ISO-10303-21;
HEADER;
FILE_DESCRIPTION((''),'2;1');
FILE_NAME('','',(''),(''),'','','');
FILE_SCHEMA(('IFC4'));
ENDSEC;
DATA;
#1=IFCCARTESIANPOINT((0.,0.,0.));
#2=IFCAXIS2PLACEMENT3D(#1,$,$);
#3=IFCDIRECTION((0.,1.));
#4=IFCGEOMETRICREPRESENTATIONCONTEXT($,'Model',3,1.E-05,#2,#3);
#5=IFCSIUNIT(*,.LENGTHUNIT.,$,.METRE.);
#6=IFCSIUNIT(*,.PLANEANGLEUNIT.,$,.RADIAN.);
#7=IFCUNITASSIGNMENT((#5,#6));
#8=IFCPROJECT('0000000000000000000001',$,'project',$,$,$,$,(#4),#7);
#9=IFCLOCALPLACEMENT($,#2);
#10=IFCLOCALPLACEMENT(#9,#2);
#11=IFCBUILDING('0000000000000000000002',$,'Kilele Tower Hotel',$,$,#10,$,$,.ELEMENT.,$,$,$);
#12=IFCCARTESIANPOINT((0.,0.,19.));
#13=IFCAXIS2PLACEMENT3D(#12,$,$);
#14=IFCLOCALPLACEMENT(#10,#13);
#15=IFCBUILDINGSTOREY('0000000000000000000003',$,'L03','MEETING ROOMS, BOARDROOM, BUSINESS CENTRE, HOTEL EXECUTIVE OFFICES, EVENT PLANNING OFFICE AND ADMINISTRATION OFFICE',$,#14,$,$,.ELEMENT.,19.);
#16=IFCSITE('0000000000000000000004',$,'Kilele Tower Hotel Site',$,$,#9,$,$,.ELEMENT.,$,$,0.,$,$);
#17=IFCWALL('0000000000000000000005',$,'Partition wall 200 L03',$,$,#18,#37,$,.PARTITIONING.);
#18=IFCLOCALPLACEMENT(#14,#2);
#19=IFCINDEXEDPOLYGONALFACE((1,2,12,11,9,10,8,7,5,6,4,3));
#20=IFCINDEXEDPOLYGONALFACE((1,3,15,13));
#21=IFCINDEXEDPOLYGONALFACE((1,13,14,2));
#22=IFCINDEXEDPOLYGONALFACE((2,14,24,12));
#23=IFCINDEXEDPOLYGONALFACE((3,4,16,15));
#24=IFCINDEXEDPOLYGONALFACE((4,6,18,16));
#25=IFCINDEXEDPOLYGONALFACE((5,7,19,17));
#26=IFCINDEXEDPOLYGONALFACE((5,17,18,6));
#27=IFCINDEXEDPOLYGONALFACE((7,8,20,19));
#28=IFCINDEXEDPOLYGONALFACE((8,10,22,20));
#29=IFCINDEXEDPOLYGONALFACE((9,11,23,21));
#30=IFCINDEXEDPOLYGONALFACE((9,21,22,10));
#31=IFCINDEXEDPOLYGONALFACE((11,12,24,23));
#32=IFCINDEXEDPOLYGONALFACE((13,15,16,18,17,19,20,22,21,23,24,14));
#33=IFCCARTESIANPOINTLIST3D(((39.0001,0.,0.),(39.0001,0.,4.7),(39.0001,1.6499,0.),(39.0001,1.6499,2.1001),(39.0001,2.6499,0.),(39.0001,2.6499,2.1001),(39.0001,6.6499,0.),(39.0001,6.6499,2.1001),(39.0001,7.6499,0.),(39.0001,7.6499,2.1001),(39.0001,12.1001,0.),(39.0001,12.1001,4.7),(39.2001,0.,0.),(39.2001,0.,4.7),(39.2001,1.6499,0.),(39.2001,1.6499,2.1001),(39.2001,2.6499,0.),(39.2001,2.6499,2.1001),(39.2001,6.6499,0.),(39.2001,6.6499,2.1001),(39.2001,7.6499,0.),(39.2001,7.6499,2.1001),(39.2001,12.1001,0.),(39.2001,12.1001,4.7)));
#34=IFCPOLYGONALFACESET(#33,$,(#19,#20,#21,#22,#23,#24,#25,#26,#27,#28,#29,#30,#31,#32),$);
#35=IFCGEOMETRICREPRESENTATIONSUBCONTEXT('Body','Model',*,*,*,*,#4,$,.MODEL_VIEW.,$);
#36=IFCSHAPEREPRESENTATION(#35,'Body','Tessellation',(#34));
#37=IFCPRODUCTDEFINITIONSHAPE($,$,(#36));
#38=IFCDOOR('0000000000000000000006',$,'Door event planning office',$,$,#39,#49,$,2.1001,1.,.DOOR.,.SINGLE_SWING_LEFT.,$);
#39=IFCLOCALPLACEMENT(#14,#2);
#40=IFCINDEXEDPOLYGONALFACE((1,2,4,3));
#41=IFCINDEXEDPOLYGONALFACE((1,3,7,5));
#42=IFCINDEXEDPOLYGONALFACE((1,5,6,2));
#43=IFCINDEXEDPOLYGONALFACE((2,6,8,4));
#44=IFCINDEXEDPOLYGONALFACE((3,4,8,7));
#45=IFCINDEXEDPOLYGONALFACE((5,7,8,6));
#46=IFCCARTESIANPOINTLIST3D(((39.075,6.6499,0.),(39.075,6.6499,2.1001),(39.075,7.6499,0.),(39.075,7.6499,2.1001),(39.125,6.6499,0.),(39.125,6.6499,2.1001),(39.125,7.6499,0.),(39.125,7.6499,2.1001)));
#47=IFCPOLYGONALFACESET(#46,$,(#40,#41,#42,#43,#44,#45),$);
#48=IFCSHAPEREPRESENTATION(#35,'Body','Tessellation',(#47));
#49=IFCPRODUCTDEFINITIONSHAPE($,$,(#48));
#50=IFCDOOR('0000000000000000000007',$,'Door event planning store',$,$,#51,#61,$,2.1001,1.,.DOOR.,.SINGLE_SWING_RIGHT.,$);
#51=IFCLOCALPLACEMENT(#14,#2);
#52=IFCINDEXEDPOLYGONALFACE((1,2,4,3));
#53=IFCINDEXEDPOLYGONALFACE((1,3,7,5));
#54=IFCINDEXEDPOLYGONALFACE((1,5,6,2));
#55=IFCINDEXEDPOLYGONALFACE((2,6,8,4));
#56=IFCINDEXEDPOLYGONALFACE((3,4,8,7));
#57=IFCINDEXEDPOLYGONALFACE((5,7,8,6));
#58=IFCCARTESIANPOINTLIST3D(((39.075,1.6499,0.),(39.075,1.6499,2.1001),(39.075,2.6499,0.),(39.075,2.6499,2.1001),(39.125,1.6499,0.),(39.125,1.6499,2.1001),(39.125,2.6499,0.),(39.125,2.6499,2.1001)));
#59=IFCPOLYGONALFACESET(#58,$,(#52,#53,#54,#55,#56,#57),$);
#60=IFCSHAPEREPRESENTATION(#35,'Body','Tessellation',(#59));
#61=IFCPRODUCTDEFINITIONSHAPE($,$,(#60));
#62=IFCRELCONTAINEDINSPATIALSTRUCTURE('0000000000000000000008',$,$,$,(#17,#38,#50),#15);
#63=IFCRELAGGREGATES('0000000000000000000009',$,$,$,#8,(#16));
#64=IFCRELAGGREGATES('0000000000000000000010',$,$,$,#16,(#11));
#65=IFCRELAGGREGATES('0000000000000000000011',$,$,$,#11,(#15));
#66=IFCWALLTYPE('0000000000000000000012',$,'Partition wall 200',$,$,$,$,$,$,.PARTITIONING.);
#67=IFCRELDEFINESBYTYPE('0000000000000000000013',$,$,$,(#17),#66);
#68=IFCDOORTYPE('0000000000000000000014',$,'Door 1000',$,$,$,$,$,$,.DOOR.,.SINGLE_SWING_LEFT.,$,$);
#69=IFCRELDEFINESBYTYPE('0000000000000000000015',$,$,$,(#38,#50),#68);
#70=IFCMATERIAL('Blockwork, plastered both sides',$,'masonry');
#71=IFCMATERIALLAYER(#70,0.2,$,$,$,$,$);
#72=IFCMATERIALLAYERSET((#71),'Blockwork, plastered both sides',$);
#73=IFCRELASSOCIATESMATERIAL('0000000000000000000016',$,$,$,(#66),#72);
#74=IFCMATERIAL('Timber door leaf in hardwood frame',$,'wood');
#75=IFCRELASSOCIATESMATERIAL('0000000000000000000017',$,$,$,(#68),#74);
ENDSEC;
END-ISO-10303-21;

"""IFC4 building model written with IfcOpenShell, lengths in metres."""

from ifc_helpers import new_model, si_unit, direction, frame, frame_2d, origin, place, context, subcontext, project, spatial, rectangle, extrude, material, layer, layer_set, type_object, element, fill, save


model = new_model("IFC4")

# Units and contexts
model_context = context("Model", 3, precision=1e-05, world=origin(), true_north=direction((0.0, 1.0)))
body_context = subcontext(model_context, "Body", "Model", "MODEL_VIEW")
ifc_project = project(units=[si_unit("LENGTHUNIT", "METRE"), si_unit("PLANEANGLEUNIT", "RADIAN")], contexts=[model_context])

# Site, building, storey
site_placement = place(None, origin())
site = spatial("IfcSite", under=ifc_project, at=site_placement, Name="Kilele Tower Hotel Site", CompositionType="ELEMENT", RefElevation=0.0)
building_placement = place(site_placement, origin())
building = spatial("IfcBuilding", under=site, at=building_placement, Name="Kilele Tower Hotel", CompositionType="ELEMENT")
storey_placement = place(building_placement, frame((0.0, 0.0, 19.0)))
storey = spatial("IfcBuildingStorey", under=building, at=storey_placement, Name="L03", Description="MEETING ROOMS, BOARDROOM, BUSINESS CENTRE, HOTEL EXECUTIVE OFFICES, EVENT PLANNING OFFICE AND ADMINISTRATION OFFICE", CompositionType="ELEMENT", Elevation=19.0)

# Wall, openings, doors
ifc_material_1 = material(Name="Blockwork, plastered both sides", Category="masonry")
ifc_layer_1 = layer(ifc_material_1, 0.2)
ifc_layer_set_1 = layer_set([ifc_layer_1], Name="Blockwork, plastered both sides")
wall_type = type_object("IfcWallType", Name="Partition wall 200", PredefinedType="PARTITIONING", material=ifc_layer_set_1)
wall_placement = place(storey_placement, frame((39.1001, 0.0, 0.0), z_axis=(0.0, 0.0, 1.0), x_axis=(0.0, 1.0, 0.0)))
wall = element("IfcWall", 1, at=wall_placement, inside=storey, type_object=wall_type, Name="Partition wall 200 L03", PredefinedType="PARTITIONING", context=body_context, shape_type="SweptSolid", body=[
    extrude(rectangle(XDim=12.1001, YDim=0.2, at=frame_2d((6.05, 0.0))), origin(), (0.0, 0.0, 1.0), 4.7),
])
opening_1_placement = place(wall_placement, frame((7.6499, 0.0, 0.0), z_axis=(0.0, 0.0, 1.0), x_axis=(-1.0, 0.0, 0.0)))
opening_1 = element("IfcOpeningElement", 2, at=opening_1_placement, cuts=wall, PredefinedType="OPENING", context=body_context, shape_type="SweptSolid", body=[
    extrude(rectangle(XDim=1.0, YDim=2.1001, at=frame_2d((0.5, 1.05))), frame((0.0, 0.1099, 0.0), z_axis=(0.0, -1.0, 0.0), x_axis=(1.0, 0.0, 0.0)), (0.0, 0.0, 1.0), 0.22),
])
opening_2_placement = place(wall_placement, frame((2.6499, 0.0, 0.0), z_axis=(0.0, 0.0, 1.0), x_axis=(-1.0, 0.0, 0.0)))
opening_2 = element("IfcOpeningElement", 3, at=opening_2_placement, cuts=wall, PredefinedType="OPENING", context=body_context, shape_type="SweptSolid", body=[
    extrude(rectangle(XDim=1.0, YDim=2.1001, at=frame_2d((0.5, 1.05))), frame((0.0, 0.1099, 0.0), z_axis=(0.0, -1.0, 0.0), x_axis=(1.0, 0.0, 0.0)), (0.0, 0.0, 1.0), 0.22),
])
ifc_material_2 = material(Name="Timber door leaf in hardwood frame", Category="wood")
door_type = type_object("IfcDoorType", Name="Door 1000", OperationType="SINGLE_SWING_LEFT", PredefinedType="DOOR", material=ifc_material_2)
door_1_placement = place(opening_1_placement, origin())
door_1 = element("IfcDoor", 4, at=door_1_placement, inside=storey, type_object=door_type, Name="Door event planning office", OperationType="SINGLE_SWING_LEFT", OverallHeight=2.1001, OverallWidth=1.0, PredefinedType="DOOR", context=body_context, shape_type="SweptSolid", body=[
    extrude(rectangle(XDim=1.0, YDim=2.1001, at=frame_2d((0.5, 1.05))), frame((0.0, 0.0249, 0.0), z_axis=(0.0, -1.0, 0.0), x_axis=(1.0, 0.0, 0.0)), (0.0, 0.0, 1.0), 0.05),
])
fill(opening_1, door_1)
door_2_placement = place(opening_2_placement, origin())
door_2 = element("IfcDoor", 5, at=door_2_placement, inside=storey, type_object=door_type, Name="Door event planning store", OperationType="SINGLE_SWING_RIGHT", OverallHeight=2.1001, OverallWidth=1.0, PredefinedType="DOOR", context=body_context, shape_type="SweptSolid", body=[
    extrude(rectangle(XDim=1.0, YDim=2.1001, at=frame_2d((0.5, 1.05))), frame((0.0, 0.0249, 0.0), z_axis=(0.0, -1.0, 0.0), x_axis=(1.0, 0.0, 0.0)), (0.0, 0.0, 1.0), 0.05),
])
fill(opening_2, door_2)

save(model, "model.ifc")
